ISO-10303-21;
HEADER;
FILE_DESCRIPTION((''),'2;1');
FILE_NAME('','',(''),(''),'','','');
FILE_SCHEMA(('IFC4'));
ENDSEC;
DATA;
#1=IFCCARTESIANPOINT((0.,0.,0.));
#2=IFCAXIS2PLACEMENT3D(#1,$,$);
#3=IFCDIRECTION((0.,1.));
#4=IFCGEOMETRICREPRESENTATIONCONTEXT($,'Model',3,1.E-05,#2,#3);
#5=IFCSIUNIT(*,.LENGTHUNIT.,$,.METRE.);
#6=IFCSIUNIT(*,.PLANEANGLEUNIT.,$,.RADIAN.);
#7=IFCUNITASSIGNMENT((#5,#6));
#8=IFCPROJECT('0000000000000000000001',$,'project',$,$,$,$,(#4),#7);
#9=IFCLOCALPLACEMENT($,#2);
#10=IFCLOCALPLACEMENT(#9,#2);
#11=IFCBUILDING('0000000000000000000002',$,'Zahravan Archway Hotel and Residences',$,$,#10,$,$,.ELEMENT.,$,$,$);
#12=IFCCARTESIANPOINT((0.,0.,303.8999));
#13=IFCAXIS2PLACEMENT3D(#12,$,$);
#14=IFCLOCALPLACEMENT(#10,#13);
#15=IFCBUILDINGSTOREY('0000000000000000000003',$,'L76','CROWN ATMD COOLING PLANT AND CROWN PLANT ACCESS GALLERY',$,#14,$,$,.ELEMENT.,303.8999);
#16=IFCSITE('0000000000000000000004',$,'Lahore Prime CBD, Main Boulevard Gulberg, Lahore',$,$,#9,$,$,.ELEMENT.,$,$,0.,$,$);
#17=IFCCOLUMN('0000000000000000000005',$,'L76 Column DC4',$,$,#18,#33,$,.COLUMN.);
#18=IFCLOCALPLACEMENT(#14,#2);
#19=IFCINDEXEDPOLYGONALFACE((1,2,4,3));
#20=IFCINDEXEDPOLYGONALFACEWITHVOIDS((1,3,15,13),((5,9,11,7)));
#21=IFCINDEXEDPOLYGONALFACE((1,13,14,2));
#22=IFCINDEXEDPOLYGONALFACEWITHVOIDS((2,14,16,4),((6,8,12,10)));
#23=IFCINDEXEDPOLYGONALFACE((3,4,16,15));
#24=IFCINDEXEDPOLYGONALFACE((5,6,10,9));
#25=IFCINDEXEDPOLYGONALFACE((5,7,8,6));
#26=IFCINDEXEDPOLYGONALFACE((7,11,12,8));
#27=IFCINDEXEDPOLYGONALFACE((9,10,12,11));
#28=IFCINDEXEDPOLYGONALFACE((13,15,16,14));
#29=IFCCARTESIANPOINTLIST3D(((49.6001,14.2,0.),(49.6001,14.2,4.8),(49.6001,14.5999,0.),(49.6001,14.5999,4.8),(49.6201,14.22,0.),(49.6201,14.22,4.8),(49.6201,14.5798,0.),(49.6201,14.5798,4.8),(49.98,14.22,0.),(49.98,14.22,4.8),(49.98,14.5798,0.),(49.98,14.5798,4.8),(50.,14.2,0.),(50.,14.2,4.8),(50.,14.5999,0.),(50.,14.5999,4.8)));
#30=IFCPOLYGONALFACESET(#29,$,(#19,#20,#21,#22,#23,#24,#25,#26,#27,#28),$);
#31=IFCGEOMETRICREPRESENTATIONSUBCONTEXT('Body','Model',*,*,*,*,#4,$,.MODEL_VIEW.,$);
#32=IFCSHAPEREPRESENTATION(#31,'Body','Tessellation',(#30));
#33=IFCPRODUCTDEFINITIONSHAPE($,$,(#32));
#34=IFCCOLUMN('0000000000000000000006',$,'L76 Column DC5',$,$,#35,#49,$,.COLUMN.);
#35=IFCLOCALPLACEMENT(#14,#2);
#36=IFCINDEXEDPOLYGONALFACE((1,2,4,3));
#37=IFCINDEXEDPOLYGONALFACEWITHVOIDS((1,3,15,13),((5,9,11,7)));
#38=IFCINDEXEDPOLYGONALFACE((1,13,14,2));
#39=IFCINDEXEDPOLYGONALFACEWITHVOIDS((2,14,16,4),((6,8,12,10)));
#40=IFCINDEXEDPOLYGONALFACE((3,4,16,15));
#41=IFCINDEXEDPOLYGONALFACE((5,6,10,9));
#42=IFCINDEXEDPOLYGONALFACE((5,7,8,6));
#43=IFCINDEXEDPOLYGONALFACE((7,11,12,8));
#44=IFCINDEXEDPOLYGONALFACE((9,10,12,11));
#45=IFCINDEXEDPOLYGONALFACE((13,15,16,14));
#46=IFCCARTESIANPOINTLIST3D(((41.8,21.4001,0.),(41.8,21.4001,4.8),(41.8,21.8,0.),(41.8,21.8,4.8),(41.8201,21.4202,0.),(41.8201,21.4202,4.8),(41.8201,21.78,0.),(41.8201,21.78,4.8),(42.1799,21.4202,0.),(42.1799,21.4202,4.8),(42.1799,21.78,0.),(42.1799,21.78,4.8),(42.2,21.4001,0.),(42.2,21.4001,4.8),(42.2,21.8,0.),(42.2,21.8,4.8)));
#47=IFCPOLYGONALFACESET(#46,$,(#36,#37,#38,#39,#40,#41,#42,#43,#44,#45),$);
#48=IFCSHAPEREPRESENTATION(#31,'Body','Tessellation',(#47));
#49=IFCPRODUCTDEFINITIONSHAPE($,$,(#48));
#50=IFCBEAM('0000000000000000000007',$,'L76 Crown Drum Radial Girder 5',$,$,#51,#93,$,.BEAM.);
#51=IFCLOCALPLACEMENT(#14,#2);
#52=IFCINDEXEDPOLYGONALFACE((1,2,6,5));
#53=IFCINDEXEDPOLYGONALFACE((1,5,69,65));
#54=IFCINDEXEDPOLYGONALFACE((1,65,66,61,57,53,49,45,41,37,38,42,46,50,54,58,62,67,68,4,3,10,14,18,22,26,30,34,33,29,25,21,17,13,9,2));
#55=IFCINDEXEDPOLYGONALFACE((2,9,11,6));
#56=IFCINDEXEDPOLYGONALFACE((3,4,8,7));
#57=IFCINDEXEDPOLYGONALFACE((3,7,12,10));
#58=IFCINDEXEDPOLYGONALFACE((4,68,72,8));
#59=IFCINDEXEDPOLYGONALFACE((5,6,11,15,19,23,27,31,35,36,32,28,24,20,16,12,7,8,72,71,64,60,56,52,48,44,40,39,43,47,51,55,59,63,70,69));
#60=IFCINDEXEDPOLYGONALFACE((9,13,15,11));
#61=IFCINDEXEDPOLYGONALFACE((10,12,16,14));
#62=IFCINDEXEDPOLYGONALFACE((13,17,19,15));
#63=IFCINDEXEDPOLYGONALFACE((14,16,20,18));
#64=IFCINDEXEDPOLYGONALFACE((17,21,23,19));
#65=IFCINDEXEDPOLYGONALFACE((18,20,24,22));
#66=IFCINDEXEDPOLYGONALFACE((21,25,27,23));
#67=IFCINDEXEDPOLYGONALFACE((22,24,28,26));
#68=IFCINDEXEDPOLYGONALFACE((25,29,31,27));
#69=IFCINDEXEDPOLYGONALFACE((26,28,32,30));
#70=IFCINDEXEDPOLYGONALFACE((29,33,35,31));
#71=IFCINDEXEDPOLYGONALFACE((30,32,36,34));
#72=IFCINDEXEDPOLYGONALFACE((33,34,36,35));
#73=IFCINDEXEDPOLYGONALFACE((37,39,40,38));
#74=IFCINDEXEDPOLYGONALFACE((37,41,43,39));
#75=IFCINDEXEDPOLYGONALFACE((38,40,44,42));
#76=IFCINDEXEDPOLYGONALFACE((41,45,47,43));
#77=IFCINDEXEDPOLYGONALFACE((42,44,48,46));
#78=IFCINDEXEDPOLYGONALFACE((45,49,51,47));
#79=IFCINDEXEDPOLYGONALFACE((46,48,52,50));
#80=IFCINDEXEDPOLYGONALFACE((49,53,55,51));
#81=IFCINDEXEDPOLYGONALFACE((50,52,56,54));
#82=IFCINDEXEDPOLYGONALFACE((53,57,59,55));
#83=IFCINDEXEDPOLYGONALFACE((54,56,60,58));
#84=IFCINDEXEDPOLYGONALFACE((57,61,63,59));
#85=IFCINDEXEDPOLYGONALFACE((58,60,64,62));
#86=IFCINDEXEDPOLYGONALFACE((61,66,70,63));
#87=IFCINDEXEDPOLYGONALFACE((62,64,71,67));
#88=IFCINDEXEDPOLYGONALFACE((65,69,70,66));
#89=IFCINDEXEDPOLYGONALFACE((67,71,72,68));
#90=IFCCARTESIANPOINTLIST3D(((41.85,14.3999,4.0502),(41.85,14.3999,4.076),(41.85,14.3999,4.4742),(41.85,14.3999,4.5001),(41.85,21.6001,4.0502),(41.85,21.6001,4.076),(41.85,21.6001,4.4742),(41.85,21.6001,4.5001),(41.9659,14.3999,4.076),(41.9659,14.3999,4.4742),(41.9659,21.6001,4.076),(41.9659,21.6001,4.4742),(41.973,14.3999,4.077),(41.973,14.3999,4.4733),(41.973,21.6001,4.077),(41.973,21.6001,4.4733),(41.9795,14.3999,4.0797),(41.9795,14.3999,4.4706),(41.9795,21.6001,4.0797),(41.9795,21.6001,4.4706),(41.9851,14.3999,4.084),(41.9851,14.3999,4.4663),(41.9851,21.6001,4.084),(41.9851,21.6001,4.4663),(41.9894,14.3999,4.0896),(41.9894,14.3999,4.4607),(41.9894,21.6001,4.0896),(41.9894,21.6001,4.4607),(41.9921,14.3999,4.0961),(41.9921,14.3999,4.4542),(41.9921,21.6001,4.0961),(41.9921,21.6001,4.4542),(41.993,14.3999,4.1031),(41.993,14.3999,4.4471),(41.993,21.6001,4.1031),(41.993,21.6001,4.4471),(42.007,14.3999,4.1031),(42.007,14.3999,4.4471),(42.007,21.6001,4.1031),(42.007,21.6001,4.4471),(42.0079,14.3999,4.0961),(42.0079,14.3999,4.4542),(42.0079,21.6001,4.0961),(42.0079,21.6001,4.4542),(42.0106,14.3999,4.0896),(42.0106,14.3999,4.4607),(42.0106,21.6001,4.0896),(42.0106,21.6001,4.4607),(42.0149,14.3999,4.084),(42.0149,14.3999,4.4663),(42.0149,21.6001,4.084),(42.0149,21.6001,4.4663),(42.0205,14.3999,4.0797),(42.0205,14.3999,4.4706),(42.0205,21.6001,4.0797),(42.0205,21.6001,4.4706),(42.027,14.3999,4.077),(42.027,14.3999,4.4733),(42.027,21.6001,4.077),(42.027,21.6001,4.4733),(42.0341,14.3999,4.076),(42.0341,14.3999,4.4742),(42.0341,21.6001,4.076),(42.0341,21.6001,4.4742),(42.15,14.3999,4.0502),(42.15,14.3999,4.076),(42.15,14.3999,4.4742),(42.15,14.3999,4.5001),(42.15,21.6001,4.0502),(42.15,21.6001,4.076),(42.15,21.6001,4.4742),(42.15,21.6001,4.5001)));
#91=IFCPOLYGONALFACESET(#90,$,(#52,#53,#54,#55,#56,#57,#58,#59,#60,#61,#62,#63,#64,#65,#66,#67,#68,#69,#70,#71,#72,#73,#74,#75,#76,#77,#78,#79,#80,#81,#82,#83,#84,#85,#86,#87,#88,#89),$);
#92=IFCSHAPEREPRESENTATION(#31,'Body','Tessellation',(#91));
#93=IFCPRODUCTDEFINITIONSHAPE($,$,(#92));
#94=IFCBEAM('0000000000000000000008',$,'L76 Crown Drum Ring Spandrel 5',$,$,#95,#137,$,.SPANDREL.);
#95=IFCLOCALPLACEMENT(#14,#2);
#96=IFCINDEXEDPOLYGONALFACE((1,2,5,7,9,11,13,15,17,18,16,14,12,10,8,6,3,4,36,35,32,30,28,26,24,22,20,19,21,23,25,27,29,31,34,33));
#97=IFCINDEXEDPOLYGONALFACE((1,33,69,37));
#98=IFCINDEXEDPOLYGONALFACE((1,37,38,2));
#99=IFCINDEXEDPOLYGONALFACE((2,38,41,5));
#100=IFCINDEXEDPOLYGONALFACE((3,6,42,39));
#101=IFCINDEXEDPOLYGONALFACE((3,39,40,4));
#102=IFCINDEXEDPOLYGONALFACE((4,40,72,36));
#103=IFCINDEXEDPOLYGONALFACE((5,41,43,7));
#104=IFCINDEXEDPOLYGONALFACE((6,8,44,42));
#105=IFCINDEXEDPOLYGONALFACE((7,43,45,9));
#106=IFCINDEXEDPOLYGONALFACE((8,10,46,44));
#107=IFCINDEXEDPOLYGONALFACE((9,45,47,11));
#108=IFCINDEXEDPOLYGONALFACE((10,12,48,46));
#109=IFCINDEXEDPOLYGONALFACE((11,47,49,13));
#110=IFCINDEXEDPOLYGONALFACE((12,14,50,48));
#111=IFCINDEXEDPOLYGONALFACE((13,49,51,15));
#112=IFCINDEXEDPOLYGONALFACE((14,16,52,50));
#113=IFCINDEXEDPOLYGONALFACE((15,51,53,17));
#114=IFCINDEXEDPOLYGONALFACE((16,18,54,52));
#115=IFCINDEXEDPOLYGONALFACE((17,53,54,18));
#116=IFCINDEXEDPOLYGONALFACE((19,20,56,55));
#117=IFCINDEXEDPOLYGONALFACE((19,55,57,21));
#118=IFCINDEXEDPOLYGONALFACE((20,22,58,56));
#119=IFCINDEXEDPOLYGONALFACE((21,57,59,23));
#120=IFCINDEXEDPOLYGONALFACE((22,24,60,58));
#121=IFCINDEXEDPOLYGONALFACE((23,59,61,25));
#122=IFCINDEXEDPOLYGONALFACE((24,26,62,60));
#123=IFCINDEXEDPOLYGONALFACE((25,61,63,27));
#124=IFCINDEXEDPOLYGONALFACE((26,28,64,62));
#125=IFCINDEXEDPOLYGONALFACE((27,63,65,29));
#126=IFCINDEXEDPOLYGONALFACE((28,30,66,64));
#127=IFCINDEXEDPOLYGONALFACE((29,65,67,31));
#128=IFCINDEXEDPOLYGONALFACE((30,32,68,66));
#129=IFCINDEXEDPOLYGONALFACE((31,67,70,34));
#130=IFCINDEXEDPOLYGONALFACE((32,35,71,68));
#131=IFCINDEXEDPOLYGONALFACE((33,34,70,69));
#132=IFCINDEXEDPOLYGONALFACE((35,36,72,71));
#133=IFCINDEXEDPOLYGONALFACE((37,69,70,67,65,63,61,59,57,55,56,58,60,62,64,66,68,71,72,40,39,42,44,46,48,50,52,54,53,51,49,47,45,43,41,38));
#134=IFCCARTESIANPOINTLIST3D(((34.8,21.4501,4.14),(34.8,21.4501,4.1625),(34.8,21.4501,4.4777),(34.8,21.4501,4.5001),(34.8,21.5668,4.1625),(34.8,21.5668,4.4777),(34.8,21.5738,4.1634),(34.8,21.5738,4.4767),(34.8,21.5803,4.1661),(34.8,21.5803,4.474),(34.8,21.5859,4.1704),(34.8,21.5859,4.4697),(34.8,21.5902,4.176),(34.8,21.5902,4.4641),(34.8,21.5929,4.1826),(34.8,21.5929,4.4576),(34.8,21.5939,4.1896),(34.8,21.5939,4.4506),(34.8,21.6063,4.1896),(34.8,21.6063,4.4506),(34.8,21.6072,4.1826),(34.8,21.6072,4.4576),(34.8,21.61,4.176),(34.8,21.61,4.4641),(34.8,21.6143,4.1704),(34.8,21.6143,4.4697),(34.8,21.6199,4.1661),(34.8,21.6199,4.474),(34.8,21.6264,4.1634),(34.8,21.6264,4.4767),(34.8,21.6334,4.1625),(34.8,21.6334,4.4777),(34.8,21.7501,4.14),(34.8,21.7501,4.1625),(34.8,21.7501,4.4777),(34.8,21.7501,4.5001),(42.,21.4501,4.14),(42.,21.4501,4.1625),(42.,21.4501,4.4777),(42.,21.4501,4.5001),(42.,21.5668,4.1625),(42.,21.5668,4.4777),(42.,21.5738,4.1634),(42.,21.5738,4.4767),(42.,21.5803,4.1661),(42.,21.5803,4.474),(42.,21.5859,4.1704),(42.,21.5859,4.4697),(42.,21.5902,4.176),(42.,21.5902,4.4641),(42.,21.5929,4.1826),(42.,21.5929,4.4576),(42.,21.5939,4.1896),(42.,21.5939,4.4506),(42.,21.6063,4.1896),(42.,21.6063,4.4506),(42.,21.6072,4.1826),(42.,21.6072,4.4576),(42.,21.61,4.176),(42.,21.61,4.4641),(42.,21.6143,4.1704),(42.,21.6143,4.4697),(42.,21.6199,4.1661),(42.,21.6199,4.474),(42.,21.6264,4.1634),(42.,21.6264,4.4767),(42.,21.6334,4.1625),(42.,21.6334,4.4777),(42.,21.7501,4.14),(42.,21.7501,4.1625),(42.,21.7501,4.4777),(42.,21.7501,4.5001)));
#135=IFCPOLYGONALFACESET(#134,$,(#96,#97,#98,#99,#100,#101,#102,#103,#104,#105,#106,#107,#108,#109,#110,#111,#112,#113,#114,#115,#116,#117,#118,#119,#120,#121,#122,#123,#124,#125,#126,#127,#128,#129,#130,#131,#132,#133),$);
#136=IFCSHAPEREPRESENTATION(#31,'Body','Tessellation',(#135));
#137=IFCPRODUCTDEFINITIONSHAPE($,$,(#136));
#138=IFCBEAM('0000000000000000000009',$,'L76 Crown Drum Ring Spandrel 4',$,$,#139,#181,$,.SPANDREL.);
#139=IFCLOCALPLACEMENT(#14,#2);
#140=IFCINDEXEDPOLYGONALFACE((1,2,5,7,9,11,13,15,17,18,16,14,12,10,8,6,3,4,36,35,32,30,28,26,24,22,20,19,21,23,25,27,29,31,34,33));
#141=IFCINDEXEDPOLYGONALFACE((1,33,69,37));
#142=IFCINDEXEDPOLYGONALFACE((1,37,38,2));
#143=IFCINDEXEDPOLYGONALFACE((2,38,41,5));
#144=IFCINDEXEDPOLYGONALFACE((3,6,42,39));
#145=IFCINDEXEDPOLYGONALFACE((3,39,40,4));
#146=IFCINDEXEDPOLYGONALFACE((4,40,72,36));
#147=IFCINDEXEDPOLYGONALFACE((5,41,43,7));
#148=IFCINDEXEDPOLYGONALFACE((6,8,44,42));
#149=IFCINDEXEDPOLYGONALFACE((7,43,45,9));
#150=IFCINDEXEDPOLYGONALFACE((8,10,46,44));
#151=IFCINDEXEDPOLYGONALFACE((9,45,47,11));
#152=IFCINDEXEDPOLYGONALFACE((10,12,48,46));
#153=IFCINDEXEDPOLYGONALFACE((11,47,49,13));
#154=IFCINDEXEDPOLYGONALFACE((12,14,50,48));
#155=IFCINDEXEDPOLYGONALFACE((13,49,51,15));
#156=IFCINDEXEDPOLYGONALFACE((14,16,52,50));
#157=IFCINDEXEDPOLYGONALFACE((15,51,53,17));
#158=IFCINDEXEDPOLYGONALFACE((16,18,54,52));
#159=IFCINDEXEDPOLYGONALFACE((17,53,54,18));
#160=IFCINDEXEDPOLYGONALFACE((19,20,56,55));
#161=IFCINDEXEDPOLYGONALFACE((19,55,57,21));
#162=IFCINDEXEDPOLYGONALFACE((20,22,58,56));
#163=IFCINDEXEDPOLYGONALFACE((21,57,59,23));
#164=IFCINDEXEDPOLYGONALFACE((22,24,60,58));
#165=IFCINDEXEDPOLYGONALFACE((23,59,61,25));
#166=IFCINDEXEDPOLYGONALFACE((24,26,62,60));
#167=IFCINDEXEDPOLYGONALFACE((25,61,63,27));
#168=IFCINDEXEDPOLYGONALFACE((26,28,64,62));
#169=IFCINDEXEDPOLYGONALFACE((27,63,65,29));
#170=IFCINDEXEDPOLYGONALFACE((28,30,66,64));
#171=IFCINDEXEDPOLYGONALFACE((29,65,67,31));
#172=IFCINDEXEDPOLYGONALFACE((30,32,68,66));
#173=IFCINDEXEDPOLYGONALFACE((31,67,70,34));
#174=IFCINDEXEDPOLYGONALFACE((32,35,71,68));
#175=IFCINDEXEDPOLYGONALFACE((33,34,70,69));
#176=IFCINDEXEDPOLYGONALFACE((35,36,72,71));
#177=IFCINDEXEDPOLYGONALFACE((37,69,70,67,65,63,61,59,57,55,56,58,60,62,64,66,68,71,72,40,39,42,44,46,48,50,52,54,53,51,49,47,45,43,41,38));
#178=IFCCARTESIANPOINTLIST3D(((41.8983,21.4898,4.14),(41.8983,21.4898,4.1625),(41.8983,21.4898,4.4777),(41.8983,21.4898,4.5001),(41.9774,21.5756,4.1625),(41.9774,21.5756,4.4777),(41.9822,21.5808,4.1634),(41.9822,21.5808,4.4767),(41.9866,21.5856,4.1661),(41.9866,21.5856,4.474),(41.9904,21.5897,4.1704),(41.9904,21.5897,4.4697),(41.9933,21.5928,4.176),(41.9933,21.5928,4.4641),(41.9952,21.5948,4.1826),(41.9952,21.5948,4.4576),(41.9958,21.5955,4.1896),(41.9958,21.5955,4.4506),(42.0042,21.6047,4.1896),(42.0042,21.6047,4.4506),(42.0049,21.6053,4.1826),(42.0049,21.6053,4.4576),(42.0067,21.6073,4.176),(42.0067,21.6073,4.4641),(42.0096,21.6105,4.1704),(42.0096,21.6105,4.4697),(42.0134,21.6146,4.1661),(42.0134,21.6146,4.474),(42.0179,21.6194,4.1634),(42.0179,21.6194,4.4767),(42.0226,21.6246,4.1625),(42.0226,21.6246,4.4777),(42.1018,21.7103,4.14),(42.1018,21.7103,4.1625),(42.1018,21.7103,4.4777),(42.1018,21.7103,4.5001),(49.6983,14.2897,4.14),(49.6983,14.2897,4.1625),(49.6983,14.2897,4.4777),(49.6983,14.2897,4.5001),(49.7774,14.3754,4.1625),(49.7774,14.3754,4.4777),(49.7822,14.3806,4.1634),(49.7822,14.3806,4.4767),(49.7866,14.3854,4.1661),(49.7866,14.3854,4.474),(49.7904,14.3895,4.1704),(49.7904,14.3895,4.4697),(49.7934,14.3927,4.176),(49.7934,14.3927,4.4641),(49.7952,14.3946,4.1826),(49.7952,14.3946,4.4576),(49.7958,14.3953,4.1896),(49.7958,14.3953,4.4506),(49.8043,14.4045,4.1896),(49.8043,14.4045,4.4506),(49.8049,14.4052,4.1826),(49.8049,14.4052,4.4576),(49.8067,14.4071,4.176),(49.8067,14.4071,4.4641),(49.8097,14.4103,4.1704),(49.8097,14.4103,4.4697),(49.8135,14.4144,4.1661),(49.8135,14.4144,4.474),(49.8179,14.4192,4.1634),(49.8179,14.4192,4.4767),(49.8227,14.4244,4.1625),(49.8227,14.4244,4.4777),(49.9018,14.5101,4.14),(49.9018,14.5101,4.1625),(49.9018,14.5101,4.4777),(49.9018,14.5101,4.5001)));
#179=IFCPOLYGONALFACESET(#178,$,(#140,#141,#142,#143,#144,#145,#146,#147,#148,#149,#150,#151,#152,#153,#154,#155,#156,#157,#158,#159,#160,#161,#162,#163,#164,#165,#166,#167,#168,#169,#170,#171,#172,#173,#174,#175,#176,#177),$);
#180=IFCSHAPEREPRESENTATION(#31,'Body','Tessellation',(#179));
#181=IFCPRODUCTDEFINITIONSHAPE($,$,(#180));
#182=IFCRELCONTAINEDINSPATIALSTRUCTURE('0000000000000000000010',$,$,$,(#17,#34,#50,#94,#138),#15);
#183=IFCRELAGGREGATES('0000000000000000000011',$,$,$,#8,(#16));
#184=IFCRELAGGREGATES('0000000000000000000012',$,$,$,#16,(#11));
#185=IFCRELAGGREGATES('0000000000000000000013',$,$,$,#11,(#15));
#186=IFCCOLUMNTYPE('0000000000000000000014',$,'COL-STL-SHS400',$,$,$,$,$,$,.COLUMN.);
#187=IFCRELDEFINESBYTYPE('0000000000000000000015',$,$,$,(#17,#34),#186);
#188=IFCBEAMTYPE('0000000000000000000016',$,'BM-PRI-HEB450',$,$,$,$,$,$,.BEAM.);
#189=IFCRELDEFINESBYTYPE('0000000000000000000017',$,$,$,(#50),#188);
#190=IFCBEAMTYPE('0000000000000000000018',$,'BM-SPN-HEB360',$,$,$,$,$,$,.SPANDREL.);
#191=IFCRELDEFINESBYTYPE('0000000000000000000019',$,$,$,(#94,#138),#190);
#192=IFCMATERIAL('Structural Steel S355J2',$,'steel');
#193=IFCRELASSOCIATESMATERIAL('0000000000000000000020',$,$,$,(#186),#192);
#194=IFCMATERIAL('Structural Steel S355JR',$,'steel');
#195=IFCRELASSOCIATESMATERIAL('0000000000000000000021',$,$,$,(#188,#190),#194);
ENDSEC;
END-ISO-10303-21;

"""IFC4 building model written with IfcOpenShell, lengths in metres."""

from ifc_helpers import new_model, si_unit, direction, frame, origin, origin_2d, place, context, subcontext, project, spatial, hollow_rectangle, i_section, extrude, source, transform, mapped, material, material_profile, profile_set, type_object, type_shapes, element, save


model = new_model("IFC4")

# Units and contexts
model_context = context("Model", 3, precision=1e-05, world=origin(), true_north=direction((0.0, 1.0)))
body_context = subcontext(model_context, "Body", "Model", "MODEL_VIEW")
ifc_project = project(units=[si_unit("LENGTHUNIT", "METRE"), si_unit("PLANEANGLEUNIT", "RADIAN")], contexts=[model_context])

# Site, building, storey
site_placement = place(None, origin())
site = spatial("IfcSite", under=ifc_project, at=site_placement, Name="Lahore Prime CBD, Main Boulevard Gulberg, Lahore", CompositionType="ELEMENT", RefElevation=0.0)
building_placement = place(site_placement, origin())
building = spatial("IfcBuilding", under=site, at=building_placement, Name="Zahravan Archway Hotel and Residences", CompositionType="ELEMENT")
storey_placement = place(building_placement, frame((0.0, 0.0, 303.8999)))
storey = spatial("IfcBuildingStorey", under=building, at=storey_placement, Name="L76", Description="CROWN ATMD COOLING PLANT AND CROWN PLANT ACCESS GALLERY", CompositionType="ELEMENT", Elevation=303.8999)

# Columns
ifc_material_1 = material(Name="Structural Steel S355J2", Category="steel")
ifc_material_profile_1 = material_profile(ifc_material_1, hollow_rectangle(XDim=0.3999, YDim=0.3999, WallThickness=0.02, at=origin_2d()), Name="SHS 400x400x20", Category="steel")
ifc_profile_set_1 = profile_set([ifc_material_profile_1], Name="Structural Steel S355J2")
column_type = type_object("IfcColumnType", Name="COL-STL-SHS400", PredefinedType="COLUMN", material=ifc_profile_set_1)
shared_shape_1 = source(origin(), body_context, "Body", "SweptSolid", [
    extrude(hollow_rectangle(XDim=0.3999, YDim=0.3999, WallThickness=0.02, at=origin_2d()), origin(), (0.0, 0.0, 1.0), 4.8),
])
for number, where, z_axis, x_axis, name in (
    (1, (49.8, 14.3999, 0.0), (0.0, 0.0, 1.0), (1.0, 0.0, 0.0), "L76 Column DC4"),
    (2, (42.0, 21.6001, 0.0), (0.0, 0.0, 1.0), (1.0, 0.0, 0.0), "L76 Column DC5"),
):
    element("IfcColumn", number, at=place(storey_placement, frame(where, z_axis=z_axis, x_axis=x_axis)), inside=storey, type_object=column_type, Name=name, PredefinedType="COLUMN", context=body_context, shape_type="MappedRepresentation", body=[
        mapped(shared_shape_1, transform((0.0, 0.0, 0.0), scale=1.0)),
    ])

# Beams
ifc_material_2 = material(Name="Structural Steel S355JR", Category="steel")
ifc_material_profile_2 = material_profile(ifc_material_2, i_section(OverallWidth=0.3, OverallDepth=0.45, WebThickness=0.0139, FlangeThickness=0.0259, FilletRadius=0.0271, at=origin_2d()), Name="HEB 450", Category="steel")
ifc_profile_set_2 = profile_set([ifc_material_profile_2], Name="Structural Steel S355JR")
beam_type_1 = type_object("IfcBeamType", Name="BM-PRI-HEB450", PredefinedType="BEAM", material=ifc_profile_set_2)
shared_shape_2 = source(origin(), body_context, "Body", "SweptSolid", [
    extrude(i_section(OverallWidth=0.3, OverallDepth=0.45, WebThickness=0.0139, FlangeThickness=0.0259, FilletRadius=0.0271, at=origin_2d()), origin(), (0.0, 0.0, 1.0), 7.2002),
])
type_shapes(beam_type_1, [shared_shape_2])
beam_1_placement = place(storey_placement, frame((42.0, 14.3999, 4.2751), z_axis=(0.0, 1.0, 0.0), x_axis=(-1.0, 0.0, 0.0)))
element("IfcBeam", 3, at=beam_1_placement, inside=storey, type_object=beam_type_1, Name="L76 Crown Drum Radial Girder 5", PredefinedType="BEAM", context=body_context, shape_type="MappedRepresentation", body=[
    mapped(shared_shape_2, transform((0.0, 0.0, 0.0), scale=1.0)),
])
ifc_material_profile_3 = material_profile(ifc_material_2, i_section(OverallWidth=0.3, OverallDepth=0.3601, WebThickness=0.0125, FlangeThickness=0.0225, FilletRadius=0.0271, at=origin_2d()), Name="HEB 360", Category="steel")
ifc_profile_set_3 = profile_set([ifc_material_profile_3], Name="Structural Steel S355JR")
beam_type_2 = type_object("IfcBeamType", Name="BM-SPN-HEB360", PredefinedType="SPANDREL", material=ifc_profile_set_3)
shared_shape_3 = source(origin(), body_context, "Body", "SweptSolid", [
    extrude(i_section(OverallWidth=0.3, OverallDepth=0.3601, WebThickness=0.0125, FlangeThickness=0.0225, FilletRadius=0.0271, at=origin_2d()), origin(), (0.0, 0.0, 1.0), 7.2),
])
type_shapes(beam_type_2, [shared_shape_3])
beam_2_placement = place(storey_placement, frame((42.0, 21.6001, 4.3201), z_axis=(-1.0, 0.0, 0.0), x_axis=(0.0, -1.0, 0.0)))
element("IfcBeam", 4, at=beam_2_placement, inside=storey, type_object=beam_type_2, Name="L76 Crown Drum Ring Spandrel 5", PredefinedType="SPANDREL", context=body_context, shape_type="MappedRepresentation", body=[
    mapped(shared_shape_3, transform((0.0, 0.0, 0.0), scale=1.0)),
])
shared_shape_4 = source(origin(), body_context, "Body", "SweptSolid", [
    extrude(i_section(OverallWidth=0.3, OverallDepth=0.3601, WebThickness=0.0125, FlangeThickness=0.0225, FilletRadius=0.0271, at=origin_2d()), origin(), (0.0, 0.0, 1.0), 10.6152),
])
beam_3_placement = place(storey_placement, frame((49.8, 14.3999, 4.3201), z_axis=(-0.734796, 0.678288, 0.0), x_axis=(-0.678288, -0.734796, 0.0)))
element("IfcBeam", 5, at=beam_3_placement, inside=storey, type_object=beam_type_2, Name="L76 Crown Drum Ring Spandrel 4", PredefinedType="SPANDREL", context=body_context, shape_type="MappedRepresentation", body=[
    mapped(shared_shape_4, transform((0.0, 0.0, 0.0), scale=1.0)),
])

save(model, "model.ifc")
